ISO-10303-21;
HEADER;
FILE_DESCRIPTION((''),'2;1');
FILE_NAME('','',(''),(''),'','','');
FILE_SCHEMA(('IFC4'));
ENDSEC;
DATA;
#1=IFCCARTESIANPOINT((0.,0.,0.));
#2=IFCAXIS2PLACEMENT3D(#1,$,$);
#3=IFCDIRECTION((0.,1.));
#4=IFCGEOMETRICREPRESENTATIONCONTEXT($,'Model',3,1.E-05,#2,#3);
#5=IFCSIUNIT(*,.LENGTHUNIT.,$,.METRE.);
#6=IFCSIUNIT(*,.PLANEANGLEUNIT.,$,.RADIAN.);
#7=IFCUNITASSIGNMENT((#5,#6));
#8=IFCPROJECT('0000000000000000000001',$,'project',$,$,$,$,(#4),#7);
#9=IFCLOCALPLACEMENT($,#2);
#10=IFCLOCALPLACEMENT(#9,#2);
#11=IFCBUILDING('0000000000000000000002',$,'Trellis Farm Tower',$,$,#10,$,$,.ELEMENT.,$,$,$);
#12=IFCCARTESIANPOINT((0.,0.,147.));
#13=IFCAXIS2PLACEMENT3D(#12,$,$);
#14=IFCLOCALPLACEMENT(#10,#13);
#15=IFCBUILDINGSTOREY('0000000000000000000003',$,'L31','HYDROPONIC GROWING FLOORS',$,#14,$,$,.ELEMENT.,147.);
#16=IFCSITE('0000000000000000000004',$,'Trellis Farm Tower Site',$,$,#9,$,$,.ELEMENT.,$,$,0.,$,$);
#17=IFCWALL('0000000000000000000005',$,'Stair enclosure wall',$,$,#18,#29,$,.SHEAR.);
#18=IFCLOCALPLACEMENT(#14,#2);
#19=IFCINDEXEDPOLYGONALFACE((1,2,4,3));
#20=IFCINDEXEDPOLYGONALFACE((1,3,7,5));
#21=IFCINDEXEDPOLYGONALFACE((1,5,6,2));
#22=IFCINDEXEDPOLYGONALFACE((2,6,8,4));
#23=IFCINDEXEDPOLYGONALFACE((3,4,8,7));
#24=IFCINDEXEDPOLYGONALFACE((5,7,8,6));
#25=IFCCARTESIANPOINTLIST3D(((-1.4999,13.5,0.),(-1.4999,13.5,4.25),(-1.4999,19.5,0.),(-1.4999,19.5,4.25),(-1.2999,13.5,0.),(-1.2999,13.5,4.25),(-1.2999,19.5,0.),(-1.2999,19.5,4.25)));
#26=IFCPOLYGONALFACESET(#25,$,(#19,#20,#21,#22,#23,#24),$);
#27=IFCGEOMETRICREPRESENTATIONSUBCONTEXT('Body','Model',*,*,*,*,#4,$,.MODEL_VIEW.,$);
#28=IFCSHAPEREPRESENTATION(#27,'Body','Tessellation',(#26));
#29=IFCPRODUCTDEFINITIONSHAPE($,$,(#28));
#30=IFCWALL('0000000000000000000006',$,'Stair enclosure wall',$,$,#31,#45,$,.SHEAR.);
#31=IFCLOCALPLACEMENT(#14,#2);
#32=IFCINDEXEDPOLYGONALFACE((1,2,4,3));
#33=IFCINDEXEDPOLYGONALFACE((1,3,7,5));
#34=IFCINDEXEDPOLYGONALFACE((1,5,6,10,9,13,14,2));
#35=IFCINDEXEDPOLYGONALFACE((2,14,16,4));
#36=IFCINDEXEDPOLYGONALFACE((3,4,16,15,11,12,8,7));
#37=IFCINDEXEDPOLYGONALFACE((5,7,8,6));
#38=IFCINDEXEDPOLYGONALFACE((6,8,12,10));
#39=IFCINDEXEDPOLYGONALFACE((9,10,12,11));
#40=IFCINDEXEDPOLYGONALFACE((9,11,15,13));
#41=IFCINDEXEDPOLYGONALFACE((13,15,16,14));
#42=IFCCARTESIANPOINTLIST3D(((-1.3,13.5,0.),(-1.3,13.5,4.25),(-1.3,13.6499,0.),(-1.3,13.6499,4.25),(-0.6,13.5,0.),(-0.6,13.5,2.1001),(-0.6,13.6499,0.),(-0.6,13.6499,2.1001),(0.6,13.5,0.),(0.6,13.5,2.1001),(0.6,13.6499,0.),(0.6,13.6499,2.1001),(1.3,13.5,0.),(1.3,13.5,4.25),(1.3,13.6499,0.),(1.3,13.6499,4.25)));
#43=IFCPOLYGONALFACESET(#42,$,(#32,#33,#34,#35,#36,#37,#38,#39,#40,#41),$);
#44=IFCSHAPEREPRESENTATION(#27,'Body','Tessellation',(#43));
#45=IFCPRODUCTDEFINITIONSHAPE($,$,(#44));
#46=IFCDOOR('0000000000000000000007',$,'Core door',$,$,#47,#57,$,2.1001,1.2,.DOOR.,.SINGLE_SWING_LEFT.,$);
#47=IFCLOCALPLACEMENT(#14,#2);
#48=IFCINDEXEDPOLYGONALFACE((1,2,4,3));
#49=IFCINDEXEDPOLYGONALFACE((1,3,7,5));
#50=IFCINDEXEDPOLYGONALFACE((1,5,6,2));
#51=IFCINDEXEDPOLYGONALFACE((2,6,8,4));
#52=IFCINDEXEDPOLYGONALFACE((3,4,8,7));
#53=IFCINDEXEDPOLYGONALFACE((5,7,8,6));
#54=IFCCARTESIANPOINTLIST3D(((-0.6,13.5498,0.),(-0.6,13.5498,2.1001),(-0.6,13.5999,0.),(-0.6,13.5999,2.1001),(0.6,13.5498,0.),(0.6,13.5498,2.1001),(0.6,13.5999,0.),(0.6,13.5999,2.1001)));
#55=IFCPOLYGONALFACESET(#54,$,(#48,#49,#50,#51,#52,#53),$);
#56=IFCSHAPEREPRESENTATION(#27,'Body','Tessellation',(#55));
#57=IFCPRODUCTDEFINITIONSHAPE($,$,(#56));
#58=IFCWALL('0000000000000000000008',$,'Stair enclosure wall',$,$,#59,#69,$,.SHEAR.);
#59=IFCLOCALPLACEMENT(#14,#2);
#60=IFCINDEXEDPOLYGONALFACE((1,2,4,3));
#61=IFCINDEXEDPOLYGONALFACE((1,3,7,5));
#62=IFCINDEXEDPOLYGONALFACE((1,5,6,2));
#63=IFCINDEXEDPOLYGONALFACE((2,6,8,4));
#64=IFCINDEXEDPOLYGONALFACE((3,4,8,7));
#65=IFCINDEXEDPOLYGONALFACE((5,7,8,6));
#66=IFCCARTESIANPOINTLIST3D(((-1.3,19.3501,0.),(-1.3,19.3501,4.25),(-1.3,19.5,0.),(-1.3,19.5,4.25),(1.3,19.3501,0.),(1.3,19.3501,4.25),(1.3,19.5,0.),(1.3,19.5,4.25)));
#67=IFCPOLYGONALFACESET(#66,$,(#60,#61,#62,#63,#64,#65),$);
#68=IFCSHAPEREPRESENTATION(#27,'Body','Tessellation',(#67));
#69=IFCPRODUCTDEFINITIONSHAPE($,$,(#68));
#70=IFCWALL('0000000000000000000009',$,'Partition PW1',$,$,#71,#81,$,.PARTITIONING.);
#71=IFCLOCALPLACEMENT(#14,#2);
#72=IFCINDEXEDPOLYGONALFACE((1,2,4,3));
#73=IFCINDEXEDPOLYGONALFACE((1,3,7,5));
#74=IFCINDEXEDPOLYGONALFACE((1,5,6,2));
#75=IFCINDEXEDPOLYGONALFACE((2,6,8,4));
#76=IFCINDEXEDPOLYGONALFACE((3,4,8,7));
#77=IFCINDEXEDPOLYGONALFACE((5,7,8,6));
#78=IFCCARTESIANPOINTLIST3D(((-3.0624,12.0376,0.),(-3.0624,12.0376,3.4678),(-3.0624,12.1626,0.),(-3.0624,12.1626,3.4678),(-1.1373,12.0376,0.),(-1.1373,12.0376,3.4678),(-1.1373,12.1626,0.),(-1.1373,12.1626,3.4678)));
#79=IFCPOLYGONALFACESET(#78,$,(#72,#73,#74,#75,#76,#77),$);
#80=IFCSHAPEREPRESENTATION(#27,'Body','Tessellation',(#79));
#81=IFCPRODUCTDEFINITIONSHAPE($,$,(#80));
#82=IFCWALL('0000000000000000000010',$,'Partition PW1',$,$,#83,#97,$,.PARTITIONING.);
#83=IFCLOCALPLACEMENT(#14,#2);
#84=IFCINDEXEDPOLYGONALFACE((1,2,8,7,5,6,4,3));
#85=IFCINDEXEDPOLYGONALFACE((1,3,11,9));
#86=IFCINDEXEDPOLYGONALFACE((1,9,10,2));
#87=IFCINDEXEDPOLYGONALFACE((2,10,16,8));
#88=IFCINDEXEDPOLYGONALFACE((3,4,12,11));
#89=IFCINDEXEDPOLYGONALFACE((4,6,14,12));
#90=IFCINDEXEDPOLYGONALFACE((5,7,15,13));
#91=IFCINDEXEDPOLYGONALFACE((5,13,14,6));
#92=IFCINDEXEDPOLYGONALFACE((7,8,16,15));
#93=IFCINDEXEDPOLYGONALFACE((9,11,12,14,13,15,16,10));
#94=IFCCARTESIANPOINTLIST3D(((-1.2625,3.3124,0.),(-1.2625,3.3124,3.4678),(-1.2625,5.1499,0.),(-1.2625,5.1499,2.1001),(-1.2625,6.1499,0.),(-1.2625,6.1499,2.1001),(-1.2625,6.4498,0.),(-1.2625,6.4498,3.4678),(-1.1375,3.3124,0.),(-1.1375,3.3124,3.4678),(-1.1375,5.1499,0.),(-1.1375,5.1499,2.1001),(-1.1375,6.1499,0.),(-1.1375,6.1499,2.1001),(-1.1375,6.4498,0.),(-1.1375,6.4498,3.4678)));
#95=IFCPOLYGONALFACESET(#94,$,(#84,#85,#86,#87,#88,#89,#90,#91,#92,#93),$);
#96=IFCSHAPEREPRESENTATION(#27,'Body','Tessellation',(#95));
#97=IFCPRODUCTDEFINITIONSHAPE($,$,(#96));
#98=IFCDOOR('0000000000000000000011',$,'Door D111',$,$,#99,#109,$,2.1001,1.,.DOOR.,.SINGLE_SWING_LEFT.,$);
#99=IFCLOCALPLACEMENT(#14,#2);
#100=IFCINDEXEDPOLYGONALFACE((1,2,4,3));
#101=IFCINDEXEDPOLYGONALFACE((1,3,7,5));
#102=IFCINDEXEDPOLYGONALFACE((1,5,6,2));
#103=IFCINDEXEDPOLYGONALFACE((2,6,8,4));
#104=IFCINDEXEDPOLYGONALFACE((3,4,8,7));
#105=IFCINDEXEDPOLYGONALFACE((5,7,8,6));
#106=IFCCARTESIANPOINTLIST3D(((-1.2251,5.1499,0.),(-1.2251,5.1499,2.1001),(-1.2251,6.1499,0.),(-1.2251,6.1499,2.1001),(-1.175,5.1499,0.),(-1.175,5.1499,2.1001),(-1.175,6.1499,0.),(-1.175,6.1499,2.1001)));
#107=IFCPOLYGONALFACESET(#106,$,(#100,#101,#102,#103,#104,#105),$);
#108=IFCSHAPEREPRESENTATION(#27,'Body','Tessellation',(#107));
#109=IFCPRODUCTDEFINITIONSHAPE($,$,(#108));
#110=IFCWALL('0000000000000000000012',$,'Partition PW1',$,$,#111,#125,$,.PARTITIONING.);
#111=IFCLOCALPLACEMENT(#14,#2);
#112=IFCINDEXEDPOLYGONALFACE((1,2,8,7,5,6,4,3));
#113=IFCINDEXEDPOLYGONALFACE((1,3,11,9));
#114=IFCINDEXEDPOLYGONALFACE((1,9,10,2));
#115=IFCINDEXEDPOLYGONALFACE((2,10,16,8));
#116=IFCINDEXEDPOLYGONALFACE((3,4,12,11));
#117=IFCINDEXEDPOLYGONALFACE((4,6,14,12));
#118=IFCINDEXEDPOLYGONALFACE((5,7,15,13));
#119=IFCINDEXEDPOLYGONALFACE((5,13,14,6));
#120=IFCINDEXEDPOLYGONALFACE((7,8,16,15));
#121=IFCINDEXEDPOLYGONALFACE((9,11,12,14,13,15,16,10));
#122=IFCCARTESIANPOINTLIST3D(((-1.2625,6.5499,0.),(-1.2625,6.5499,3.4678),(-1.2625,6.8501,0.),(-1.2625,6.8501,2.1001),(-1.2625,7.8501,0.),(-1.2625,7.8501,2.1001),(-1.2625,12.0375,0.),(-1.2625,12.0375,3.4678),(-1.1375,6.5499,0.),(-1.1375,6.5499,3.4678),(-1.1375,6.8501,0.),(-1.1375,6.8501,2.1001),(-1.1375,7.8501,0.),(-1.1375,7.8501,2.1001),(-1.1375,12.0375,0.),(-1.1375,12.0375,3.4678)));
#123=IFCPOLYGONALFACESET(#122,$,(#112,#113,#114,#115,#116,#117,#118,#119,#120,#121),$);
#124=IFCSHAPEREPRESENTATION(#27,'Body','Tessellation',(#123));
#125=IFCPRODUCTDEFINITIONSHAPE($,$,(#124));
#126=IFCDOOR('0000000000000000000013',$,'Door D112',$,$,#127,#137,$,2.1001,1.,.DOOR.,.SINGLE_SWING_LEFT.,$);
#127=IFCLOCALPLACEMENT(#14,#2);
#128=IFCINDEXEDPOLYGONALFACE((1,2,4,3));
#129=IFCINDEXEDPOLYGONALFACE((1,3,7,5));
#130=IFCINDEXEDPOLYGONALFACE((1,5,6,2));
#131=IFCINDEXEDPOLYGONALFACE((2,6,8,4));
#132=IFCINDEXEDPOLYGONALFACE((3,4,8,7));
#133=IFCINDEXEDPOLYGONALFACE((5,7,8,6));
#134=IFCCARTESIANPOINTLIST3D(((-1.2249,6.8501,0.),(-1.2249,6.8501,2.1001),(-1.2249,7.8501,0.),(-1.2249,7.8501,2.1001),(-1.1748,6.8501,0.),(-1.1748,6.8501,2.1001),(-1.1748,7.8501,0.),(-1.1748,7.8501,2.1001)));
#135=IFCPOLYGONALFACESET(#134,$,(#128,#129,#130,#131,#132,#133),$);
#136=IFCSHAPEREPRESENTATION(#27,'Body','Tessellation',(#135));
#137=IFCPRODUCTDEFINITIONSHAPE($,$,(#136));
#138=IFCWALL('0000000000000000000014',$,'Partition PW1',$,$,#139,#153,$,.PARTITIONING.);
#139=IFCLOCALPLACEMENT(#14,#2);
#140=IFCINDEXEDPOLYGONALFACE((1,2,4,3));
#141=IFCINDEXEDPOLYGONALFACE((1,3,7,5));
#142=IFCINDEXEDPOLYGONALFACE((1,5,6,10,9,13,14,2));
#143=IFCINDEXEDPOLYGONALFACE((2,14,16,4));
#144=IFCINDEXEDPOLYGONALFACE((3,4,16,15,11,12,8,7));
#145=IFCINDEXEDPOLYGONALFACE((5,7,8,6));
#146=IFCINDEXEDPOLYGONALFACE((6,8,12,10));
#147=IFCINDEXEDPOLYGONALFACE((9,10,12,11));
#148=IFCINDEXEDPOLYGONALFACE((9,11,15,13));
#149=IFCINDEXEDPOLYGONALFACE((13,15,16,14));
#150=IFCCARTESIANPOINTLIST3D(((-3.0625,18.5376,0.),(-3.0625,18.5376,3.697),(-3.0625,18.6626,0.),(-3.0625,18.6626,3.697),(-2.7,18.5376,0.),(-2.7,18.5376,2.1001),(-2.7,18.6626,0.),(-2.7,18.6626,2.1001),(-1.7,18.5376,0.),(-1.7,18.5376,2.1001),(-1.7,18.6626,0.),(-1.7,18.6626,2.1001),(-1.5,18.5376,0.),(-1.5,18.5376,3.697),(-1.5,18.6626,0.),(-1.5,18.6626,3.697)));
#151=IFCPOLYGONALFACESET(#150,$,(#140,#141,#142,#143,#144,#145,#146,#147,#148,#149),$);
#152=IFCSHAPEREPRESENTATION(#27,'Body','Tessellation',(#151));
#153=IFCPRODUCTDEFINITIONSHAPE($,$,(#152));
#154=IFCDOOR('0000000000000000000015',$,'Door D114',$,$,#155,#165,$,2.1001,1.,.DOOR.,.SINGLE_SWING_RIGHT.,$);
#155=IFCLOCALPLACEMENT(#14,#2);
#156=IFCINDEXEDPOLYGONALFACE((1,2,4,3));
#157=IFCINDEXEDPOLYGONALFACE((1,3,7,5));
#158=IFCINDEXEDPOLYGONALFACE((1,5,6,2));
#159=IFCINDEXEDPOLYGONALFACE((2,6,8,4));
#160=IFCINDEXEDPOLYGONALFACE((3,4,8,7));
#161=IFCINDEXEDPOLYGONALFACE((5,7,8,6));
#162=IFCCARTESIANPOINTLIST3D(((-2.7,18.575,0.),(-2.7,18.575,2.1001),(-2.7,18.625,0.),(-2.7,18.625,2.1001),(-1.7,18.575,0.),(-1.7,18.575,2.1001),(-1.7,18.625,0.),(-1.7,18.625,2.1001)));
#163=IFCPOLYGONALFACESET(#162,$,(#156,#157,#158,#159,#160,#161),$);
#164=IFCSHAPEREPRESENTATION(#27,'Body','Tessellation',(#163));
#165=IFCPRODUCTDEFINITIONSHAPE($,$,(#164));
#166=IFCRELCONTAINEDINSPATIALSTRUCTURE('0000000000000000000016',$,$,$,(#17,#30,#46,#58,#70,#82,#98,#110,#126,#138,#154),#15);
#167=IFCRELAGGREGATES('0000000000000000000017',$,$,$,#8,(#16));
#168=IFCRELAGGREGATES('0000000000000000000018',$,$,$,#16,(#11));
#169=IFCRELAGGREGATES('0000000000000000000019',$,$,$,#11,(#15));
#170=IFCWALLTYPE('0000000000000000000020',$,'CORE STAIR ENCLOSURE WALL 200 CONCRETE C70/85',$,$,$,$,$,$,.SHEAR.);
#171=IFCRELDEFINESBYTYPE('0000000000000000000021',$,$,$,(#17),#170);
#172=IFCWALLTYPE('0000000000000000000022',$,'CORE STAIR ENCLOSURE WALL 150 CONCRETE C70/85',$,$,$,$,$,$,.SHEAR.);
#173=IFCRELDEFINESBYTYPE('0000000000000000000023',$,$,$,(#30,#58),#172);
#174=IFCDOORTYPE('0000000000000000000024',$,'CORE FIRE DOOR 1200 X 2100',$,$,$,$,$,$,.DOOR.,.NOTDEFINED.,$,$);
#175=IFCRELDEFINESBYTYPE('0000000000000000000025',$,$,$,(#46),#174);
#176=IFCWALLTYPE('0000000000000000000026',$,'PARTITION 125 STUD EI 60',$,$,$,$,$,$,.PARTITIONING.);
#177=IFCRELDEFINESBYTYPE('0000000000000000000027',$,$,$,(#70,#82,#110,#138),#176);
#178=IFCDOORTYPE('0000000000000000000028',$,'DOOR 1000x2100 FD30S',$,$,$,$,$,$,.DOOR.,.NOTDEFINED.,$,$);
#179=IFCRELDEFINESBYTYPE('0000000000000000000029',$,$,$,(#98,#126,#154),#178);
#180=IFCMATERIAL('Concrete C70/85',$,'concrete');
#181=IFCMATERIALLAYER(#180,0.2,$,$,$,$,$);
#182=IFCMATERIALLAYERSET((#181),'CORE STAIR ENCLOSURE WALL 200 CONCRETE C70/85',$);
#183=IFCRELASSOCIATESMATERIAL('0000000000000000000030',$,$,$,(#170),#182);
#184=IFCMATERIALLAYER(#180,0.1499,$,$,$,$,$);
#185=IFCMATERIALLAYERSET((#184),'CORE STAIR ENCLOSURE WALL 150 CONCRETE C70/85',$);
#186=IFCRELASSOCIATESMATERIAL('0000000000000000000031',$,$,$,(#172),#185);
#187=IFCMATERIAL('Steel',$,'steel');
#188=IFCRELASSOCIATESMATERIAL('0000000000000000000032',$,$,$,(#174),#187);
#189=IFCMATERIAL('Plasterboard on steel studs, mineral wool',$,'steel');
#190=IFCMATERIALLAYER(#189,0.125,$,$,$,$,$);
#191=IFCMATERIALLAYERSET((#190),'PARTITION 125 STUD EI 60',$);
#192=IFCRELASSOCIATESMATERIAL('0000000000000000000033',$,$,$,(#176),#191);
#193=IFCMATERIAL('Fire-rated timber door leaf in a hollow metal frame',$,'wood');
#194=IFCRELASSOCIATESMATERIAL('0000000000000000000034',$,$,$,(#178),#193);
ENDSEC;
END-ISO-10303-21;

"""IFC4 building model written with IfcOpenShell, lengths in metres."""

from ifc_helpers import new_model, si_unit, direction, frame, frame_2d, origin, place, context, subcontext, project, spatial, rectangle, extrude, source, transform, mapped, material, layer, layer_set, type_object, element, fill, save


model = new_model("IFC4")

# Units and contexts
model_context = context("Model", 3, precision=1e-05, world=origin(), true_north=direction((0.0, 1.0)))
body_context = subcontext(model_context, "Body", "Model", "MODEL_VIEW")
ifc_project = project(units=[si_unit("LENGTHUNIT", "METRE"), si_unit("PLANEANGLEUNIT", "RADIAN")], contexts=[model_context])

# Site, building, storey
site_placement = place(None, origin())
site = spatial("IfcSite", under=ifc_project, at=site_placement, Name="Trellis Farm Tower Site", CompositionType="ELEMENT", RefElevation=0.0)
building_placement = place(site_placement, origin())
building = spatial("IfcBuilding", under=site, at=building_placement, Name="Trellis Farm Tower", CompositionType="ELEMENT")
storey_placement = place(building_placement, frame((0.0, 0.0, 147.0)))
storey = spatial("IfcBuildingStorey", under=building, at=storey_placement, Name="L31", Description="HYDROPONIC GROWING FLOORS", CompositionType="ELEMENT", Elevation=147.0)

# Wall
ifc_material_1 = material(Name="Concrete C70/85", Category="concrete")
ifc_layer_1 = layer(ifc_material_1, 0.2)
ifc_layer_set_1 = layer_set([ifc_layer_1], Name="CORE STAIR ENCLOSURE WALL 200 CONCRETE C70/85")
wall_type_1 = type_object("IfcWallType", Name="CORE STAIR ENCLOSURE WALL 200 CONCRETE C70/85", PredefinedType="SHEAR", material=ifc_layer_set_1)
shared_shape_1 = source(origin(), body_context, "Body", "SweptSolid", [
    extrude(rectangle(XDim=6.0, YDim=0.2, at=frame_2d((3.0, 0.0))), origin(), (0.0, 0.0, 1.0), 4.25),
])
wall_1_placement = place(storey_placement, frame((-1.3999, 13.5, 0.0), z_axis=(0.0, 0.0, 1.0), x_axis=(0.0, 1.0, 0.0)))
element("IfcWall", 1, at=wall_1_placement, inside=storey, type_object=wall_type_1, Name="Stair enclosure wall", PredefinedType="SHEAR", context=body_context, shape_type="MappedRepresentation", body=[
    mapped(shared_shape_1, transform((0.0, 0.0, 0.0))),
])

# Wall, opening, door
ifc_layer_2 = layer(ifc_material_1, 0.1499)
ifc_layer_set_2 = layer_set([ifc_layer_2], Name="CORE STAIR ENCLOSURE WALL 150 CONCRETE C70/85")
wall_type_2 = type_object("IfcWallType", Name="CORE STAIR ENCLOSURE WALL 150 CONCRETE C70/85", PredefinedType="SHEAR", material=ifc_layer_set_2)
shared_shape_2 = source(origin(), body_context, "Body", "SweptSolid", [
    extrude(rectangle(XDim=2.6001, YDim=0.1499, at=frame_2d((1.3, 0.0))), origin(), (0.0, 0.0, 1.0), 4.25),
])
wall_2_placement = place(storey_placement, frame((-1.3, 13.575, 0.0), z_axis=(0.0, 0.0, 1.0), x_axis=(1.0, 0.0, 0.0)))
wall_2 = element("IfcWall", 2, at=wall_2_placement, inside=storey, type_object=wall_type_2, Name="Stair enclosure wall", PredefinedType="SHEAR", context=body_context, shape_type="MappedRepresentation", body=[
    mapped(shared_shape_2, transform((0.0, 0.0, 0.0))),
])
shared_shape_3 = source(origin(), body_context, "Body", "SweptSolid", [
    extrude(rectangle(XDim=1.2, YDim=2.1001, at=frame_2d((0.6001, 1.05))), frame((0.0, 0.085, 0.0), z_axis=(0.0, -1.0, 0.0), x_axis=(1.0, 0.0, 0.0)), (0.0, 0.0, 1.0), 0.1699),
])
opening_1_placement = place(wall_2_placement, frame((0.7, 0.0, 0.0)))
opening_1 = element("IfcOpeningElement", 3, at=opening_1_placement, cuts=wall_2, PredefinedType="OPENING", context=body_context, shape_type="MappedRepresentation", body=[
    mapped(shared_shape_3, transform((0.0, 0.0, 0.0))),
])
ifc_material_2 = material(Name="Steel", Category="steel")
door_type_1 = type_object("IfcDoorType", Name="CORE FIRE DOOR 1200 X 2100", OperationType="NOTDEFINED", PredefinedType="DOOR", material=ifc_material_2)
shared_shape_4 = source(origin(), body_context, "Body", "SweptSolid", [
    extrude(rectangle(XDim=1.2, YDim=2.1001, at=frame_2d((0.6001, 1.05))), frame((0.0, 0.0249, 0.0), z_axis=(0.0, -1.0, 0.0), x_axis=(1.0, 0.0, 0.0)), (0.0, 0.0, 1.0), 0.05),
])
door_1_placement = place(opening_1_placement, origin())
door_1 = element("IfcDoor", 4, at=door_1_placement, inside=storey, type_object=door_type_1, Name="Core door", OperationType="SINGLE_SWING_LEFT", OverallHeight=2.1001, OverallWidth=1.2, PredefinedType="DOOR", context=body_context, shape_type="MappedRepresentation", body=[
    mapped(shared_shape_4, transform((0.0, 0.0, 0.0))),
])
fill(opening_1, door_1)

# Walls
wall_3_placement = place(storey_placement, frame((-1.3, 19.425, 0.0), z_axis=(0.0, 0.0, 1.0), x_axis=(1.0, 0.0, 0.0)))
element("IfcWall", 5, at=wall_3_placement, inside=storey, type_object=wall_type_2, Name="Stair enclosure wall", PredefinedType="SHEAR", context=body_context, shape_type="MappedRepresentation", body=[
    mapped(shared_shape_2, transform((0.0, 0.0, 0.0))),
])
ifc_material_3 = material(Name="Plasterboard on steel studs, mineral wool", Category="steel")
ifc_layer_3 = layer(ifc_material_3, 0.125)
ifc_layer_set_3 = layer_set([ifc_layer_3], Name="PARTITION 125 STUD EI 60")
wall_type_3 = type_object("IfcWallType", Name="PARTITION 125 STUD EI 60", PredefinedType="PARTITIONING", material=ifc_layer_set_3)
shared_shape_5 = source(origin(), body_context, "Body", "SweptSolid", [
    extrude(rectangle(XDim=1.925, YDim=0.125, at=frame_2d((0.9624, 0.0))), origin(), (0.0, 0.0, 1.0), 3.4678),
])
wall_4_placement = place(storey_placement, frame((-1.1375, 12.1001, 0.0), z_axis=(0.0, 0.0, 1.0), x_axis=(-1.0, 0.0, 0.0)))
element("IfcWall", 6, at=wall_4_placement, inside=storey, type_object=wall_type_3, Name="Partition PW1", PredefinedType="PARTITIONING", context=body_context, shape_type="MappedRepresentation", body=[
    mapped(shared_shape_5, transform((0.0, 0.0, 0.0))),
])

# Walls, openings, doors
shared_shape_6 = source(origin(), body_context, "Body", "SweptSolid", [
    extrude(rectangle(XDim=3.1375, YDim=0.125, at=frame_2d((1.5688, 0.0))), origin(), (0.0, 0.0, 1.0), 3.4678),
])
wall_5_placement = place(storey_placement, frame((-1.2, 6.45, 0.0), z_axis=(0.0, 0.0, 1.0), x_axis=(0.0, -1.0, 0.0)))
wall_5 = element("IfcWall", 7, at=wall_5_placement, inside=storey, type_object=wall_type_3, Name="Partition PW1", PredefinedType="PARTITIONING", context=body_context, shape_type="MappedRepresentation", body=[
    mapped(shared_shape_6, transform((0.0, 0.0, 0.0))),
])
shared_shape_7 = source(origin(), body_context, "Body", "SweptSolid", [
    extrude(rectangle(XDim=1.0, YDim=2.1001, at=frame_2d((0.5, 1.05))), frame((0.0, 0.0725, 0.0), z_axis=(0.0, -1.0, 0.0), x_axis=(1.0, 0.0, 0.0)), (0.0, 0.0, 1.0), 0.145),
])
opening_2_placement = place(wall_5_placement, frame((0.3, 0.0, 0.0)))
opening_2 = element("IfcOpeningElement", 8, at=opening_2_placement, cuts=wall_5, PredefinedType="OPENING", context=body_context, shape_type="MappedRepresentation", body=[
    mapped(shared_shape_7, transform((0.0, 0.0, 0.0))),
])
ifc_material_4 = material(Name="Fire-rated timber door leaf in a hollow metal frame", Category="wood")
door_type_2 = type_object("IfcDoorType", Name="DOOR 1000x2100 FD30S", OperationType="NOTDEFINED", PredefinedType="DOOR", material=ifc_material_4)
shared_shape_8 = source(origin(), body_context, "Body", "SweptSolid", [
    extrude(rectangle(XDim=1.0, YDim=2.1001, at=frame_2d((0.5, 1.05))), frame((0.0, 0.0249, 0.0), z_axis=(0.0, -1.0, 0.0), x_axis=(1.0, 0.0, 0.0)), (0.0, 0.0, 1.0), 0.05),
])
door_2_placement = place(opening_2_placement, origin())
door_2 = element("IfcDoor", 9, at=door_2_placement, inside=storey, type_object=door_type_2, Name="Door D111", OperationType="SINGLE_SWING_LEFT", OverallHeight=2.1001, OverallWidth=1.0, PredefinedType="DOOR", context=body_context, shape_type="MappedRepresentation", body=[
    mapped(shared_shape_8, transform((0.0, 0.0, 0.0))),
])
fill(opening_2, door_2)
shared_shape_9 = source(origin(), body_context, "Body", "SweptSolid", [
    extrude(rectangle(XDim=5.4875, YDim=0.125, at=frame_2d((2.7437, 0.0))), origin(), (0.0, 0.0, 1.0), 3.4678),
])
wall_6_placement = place(storey_placement, frame((-1.2, 6.55, 0.0), z_axis=(0.0, 0.0, 1.0), x_axis=(0.0, 1.0, 0.0)))
wall_6 = element("IfcWall", 10, at=wall_6_placement, inside=storey, type_object=wall_type_3, Name="Partition PW1", PredefinedType="PARTITIONING", context=body_context, shape_type="MappedRepresentation", body=[
    mapped(shared_shape_9, transform((0.0, 0.0, 0.0))),
])
opening_3_placement = place(wall_6_placement, frame((0.3, 0.0, 0.0)))
opening_3 = element("IfcOpeningElement", 11, at=opening_3_placement, cuts=wall_6, PredefinedType="OPENING", context=body_context, shape_type="MappedRepresentation", body=[
    mapped(shared_shape_7, transform((0.0, 0.0, 0.0))),
])
door_3_placement = place(opening_3_placement, origin())
door_3 = element("IfcDoor", 12, at=door_3_placement, inside=storey, type_object=door_type_2, Name="Door D112", OperationType="SINGLE_SWING_LEFT", OverallHeight=2.1001, OverallWidth=1.0, PredefinedType="DOOR", context=body_context, shape_type="MappedRepresentation", body=[
    mapped(shared_shape_8, transform((0.0, 0.0, 0.0))),
])
fill(opening_3, door_3)
shared_shape_10 = source(origin(), body_context, "Body", "SweptSolid", [
    extrude(rectangle(XDim=1.5625, YDim=0.125, at=frame_2d((0.7812, 0.0))), origin(), (0.0, 0.0, 1.0), 3.697),
])
wall_7_placement = place(storey_placement, frame((-3.0625, 18.6001, 0.0), z_axis=(0.0, 0.0, 1.0), x_axis=(1.0, 0.0, 0.0)))
wall_7 = element("IfcWall", 13, at=wall_7_placement, inside=storey, type_object=wall_type_3, Name="Partition PW1", PredefinedType="PARTITIONING", context=body_context, shape_type="MappedRepresentation", body=[
    mapped(shared_shape_10, transform((0.0, 0.0, 0.0))),
])
opening_4_placement = place(wall_7_placement, frame((0.3625, 0.0, 0.0)))
opening_4 = element("IfcOpeningElement", 14, at=opening_4_placement, cuts=wall_7, PredefinedType="OPENING", context=body_context, shape_type="MappedRepresentation", body=[
    mapped(shared_shape_7, transform((0.0, 0.0, 0.0))),
])
door_4_placement = place(opening_4_placement, origin())
door_4 = element("IfcDoor", 15, at=door_4_placement, inside=storey, type_object=door_type_2, Name="Door D114", OperationType="SINGLE_SWING_RIGHT", OverallHeight=2.1001, OverallWidth=1.0, PredefinedType="DOOR", context=body_context, shape_type="MappedRepresentation", body=[
    mapped(shared_shape_8, transform((0.0, 0.0, 0.0))),
])
fill(opening_4, door_4)

save(model, "model.ifc")
